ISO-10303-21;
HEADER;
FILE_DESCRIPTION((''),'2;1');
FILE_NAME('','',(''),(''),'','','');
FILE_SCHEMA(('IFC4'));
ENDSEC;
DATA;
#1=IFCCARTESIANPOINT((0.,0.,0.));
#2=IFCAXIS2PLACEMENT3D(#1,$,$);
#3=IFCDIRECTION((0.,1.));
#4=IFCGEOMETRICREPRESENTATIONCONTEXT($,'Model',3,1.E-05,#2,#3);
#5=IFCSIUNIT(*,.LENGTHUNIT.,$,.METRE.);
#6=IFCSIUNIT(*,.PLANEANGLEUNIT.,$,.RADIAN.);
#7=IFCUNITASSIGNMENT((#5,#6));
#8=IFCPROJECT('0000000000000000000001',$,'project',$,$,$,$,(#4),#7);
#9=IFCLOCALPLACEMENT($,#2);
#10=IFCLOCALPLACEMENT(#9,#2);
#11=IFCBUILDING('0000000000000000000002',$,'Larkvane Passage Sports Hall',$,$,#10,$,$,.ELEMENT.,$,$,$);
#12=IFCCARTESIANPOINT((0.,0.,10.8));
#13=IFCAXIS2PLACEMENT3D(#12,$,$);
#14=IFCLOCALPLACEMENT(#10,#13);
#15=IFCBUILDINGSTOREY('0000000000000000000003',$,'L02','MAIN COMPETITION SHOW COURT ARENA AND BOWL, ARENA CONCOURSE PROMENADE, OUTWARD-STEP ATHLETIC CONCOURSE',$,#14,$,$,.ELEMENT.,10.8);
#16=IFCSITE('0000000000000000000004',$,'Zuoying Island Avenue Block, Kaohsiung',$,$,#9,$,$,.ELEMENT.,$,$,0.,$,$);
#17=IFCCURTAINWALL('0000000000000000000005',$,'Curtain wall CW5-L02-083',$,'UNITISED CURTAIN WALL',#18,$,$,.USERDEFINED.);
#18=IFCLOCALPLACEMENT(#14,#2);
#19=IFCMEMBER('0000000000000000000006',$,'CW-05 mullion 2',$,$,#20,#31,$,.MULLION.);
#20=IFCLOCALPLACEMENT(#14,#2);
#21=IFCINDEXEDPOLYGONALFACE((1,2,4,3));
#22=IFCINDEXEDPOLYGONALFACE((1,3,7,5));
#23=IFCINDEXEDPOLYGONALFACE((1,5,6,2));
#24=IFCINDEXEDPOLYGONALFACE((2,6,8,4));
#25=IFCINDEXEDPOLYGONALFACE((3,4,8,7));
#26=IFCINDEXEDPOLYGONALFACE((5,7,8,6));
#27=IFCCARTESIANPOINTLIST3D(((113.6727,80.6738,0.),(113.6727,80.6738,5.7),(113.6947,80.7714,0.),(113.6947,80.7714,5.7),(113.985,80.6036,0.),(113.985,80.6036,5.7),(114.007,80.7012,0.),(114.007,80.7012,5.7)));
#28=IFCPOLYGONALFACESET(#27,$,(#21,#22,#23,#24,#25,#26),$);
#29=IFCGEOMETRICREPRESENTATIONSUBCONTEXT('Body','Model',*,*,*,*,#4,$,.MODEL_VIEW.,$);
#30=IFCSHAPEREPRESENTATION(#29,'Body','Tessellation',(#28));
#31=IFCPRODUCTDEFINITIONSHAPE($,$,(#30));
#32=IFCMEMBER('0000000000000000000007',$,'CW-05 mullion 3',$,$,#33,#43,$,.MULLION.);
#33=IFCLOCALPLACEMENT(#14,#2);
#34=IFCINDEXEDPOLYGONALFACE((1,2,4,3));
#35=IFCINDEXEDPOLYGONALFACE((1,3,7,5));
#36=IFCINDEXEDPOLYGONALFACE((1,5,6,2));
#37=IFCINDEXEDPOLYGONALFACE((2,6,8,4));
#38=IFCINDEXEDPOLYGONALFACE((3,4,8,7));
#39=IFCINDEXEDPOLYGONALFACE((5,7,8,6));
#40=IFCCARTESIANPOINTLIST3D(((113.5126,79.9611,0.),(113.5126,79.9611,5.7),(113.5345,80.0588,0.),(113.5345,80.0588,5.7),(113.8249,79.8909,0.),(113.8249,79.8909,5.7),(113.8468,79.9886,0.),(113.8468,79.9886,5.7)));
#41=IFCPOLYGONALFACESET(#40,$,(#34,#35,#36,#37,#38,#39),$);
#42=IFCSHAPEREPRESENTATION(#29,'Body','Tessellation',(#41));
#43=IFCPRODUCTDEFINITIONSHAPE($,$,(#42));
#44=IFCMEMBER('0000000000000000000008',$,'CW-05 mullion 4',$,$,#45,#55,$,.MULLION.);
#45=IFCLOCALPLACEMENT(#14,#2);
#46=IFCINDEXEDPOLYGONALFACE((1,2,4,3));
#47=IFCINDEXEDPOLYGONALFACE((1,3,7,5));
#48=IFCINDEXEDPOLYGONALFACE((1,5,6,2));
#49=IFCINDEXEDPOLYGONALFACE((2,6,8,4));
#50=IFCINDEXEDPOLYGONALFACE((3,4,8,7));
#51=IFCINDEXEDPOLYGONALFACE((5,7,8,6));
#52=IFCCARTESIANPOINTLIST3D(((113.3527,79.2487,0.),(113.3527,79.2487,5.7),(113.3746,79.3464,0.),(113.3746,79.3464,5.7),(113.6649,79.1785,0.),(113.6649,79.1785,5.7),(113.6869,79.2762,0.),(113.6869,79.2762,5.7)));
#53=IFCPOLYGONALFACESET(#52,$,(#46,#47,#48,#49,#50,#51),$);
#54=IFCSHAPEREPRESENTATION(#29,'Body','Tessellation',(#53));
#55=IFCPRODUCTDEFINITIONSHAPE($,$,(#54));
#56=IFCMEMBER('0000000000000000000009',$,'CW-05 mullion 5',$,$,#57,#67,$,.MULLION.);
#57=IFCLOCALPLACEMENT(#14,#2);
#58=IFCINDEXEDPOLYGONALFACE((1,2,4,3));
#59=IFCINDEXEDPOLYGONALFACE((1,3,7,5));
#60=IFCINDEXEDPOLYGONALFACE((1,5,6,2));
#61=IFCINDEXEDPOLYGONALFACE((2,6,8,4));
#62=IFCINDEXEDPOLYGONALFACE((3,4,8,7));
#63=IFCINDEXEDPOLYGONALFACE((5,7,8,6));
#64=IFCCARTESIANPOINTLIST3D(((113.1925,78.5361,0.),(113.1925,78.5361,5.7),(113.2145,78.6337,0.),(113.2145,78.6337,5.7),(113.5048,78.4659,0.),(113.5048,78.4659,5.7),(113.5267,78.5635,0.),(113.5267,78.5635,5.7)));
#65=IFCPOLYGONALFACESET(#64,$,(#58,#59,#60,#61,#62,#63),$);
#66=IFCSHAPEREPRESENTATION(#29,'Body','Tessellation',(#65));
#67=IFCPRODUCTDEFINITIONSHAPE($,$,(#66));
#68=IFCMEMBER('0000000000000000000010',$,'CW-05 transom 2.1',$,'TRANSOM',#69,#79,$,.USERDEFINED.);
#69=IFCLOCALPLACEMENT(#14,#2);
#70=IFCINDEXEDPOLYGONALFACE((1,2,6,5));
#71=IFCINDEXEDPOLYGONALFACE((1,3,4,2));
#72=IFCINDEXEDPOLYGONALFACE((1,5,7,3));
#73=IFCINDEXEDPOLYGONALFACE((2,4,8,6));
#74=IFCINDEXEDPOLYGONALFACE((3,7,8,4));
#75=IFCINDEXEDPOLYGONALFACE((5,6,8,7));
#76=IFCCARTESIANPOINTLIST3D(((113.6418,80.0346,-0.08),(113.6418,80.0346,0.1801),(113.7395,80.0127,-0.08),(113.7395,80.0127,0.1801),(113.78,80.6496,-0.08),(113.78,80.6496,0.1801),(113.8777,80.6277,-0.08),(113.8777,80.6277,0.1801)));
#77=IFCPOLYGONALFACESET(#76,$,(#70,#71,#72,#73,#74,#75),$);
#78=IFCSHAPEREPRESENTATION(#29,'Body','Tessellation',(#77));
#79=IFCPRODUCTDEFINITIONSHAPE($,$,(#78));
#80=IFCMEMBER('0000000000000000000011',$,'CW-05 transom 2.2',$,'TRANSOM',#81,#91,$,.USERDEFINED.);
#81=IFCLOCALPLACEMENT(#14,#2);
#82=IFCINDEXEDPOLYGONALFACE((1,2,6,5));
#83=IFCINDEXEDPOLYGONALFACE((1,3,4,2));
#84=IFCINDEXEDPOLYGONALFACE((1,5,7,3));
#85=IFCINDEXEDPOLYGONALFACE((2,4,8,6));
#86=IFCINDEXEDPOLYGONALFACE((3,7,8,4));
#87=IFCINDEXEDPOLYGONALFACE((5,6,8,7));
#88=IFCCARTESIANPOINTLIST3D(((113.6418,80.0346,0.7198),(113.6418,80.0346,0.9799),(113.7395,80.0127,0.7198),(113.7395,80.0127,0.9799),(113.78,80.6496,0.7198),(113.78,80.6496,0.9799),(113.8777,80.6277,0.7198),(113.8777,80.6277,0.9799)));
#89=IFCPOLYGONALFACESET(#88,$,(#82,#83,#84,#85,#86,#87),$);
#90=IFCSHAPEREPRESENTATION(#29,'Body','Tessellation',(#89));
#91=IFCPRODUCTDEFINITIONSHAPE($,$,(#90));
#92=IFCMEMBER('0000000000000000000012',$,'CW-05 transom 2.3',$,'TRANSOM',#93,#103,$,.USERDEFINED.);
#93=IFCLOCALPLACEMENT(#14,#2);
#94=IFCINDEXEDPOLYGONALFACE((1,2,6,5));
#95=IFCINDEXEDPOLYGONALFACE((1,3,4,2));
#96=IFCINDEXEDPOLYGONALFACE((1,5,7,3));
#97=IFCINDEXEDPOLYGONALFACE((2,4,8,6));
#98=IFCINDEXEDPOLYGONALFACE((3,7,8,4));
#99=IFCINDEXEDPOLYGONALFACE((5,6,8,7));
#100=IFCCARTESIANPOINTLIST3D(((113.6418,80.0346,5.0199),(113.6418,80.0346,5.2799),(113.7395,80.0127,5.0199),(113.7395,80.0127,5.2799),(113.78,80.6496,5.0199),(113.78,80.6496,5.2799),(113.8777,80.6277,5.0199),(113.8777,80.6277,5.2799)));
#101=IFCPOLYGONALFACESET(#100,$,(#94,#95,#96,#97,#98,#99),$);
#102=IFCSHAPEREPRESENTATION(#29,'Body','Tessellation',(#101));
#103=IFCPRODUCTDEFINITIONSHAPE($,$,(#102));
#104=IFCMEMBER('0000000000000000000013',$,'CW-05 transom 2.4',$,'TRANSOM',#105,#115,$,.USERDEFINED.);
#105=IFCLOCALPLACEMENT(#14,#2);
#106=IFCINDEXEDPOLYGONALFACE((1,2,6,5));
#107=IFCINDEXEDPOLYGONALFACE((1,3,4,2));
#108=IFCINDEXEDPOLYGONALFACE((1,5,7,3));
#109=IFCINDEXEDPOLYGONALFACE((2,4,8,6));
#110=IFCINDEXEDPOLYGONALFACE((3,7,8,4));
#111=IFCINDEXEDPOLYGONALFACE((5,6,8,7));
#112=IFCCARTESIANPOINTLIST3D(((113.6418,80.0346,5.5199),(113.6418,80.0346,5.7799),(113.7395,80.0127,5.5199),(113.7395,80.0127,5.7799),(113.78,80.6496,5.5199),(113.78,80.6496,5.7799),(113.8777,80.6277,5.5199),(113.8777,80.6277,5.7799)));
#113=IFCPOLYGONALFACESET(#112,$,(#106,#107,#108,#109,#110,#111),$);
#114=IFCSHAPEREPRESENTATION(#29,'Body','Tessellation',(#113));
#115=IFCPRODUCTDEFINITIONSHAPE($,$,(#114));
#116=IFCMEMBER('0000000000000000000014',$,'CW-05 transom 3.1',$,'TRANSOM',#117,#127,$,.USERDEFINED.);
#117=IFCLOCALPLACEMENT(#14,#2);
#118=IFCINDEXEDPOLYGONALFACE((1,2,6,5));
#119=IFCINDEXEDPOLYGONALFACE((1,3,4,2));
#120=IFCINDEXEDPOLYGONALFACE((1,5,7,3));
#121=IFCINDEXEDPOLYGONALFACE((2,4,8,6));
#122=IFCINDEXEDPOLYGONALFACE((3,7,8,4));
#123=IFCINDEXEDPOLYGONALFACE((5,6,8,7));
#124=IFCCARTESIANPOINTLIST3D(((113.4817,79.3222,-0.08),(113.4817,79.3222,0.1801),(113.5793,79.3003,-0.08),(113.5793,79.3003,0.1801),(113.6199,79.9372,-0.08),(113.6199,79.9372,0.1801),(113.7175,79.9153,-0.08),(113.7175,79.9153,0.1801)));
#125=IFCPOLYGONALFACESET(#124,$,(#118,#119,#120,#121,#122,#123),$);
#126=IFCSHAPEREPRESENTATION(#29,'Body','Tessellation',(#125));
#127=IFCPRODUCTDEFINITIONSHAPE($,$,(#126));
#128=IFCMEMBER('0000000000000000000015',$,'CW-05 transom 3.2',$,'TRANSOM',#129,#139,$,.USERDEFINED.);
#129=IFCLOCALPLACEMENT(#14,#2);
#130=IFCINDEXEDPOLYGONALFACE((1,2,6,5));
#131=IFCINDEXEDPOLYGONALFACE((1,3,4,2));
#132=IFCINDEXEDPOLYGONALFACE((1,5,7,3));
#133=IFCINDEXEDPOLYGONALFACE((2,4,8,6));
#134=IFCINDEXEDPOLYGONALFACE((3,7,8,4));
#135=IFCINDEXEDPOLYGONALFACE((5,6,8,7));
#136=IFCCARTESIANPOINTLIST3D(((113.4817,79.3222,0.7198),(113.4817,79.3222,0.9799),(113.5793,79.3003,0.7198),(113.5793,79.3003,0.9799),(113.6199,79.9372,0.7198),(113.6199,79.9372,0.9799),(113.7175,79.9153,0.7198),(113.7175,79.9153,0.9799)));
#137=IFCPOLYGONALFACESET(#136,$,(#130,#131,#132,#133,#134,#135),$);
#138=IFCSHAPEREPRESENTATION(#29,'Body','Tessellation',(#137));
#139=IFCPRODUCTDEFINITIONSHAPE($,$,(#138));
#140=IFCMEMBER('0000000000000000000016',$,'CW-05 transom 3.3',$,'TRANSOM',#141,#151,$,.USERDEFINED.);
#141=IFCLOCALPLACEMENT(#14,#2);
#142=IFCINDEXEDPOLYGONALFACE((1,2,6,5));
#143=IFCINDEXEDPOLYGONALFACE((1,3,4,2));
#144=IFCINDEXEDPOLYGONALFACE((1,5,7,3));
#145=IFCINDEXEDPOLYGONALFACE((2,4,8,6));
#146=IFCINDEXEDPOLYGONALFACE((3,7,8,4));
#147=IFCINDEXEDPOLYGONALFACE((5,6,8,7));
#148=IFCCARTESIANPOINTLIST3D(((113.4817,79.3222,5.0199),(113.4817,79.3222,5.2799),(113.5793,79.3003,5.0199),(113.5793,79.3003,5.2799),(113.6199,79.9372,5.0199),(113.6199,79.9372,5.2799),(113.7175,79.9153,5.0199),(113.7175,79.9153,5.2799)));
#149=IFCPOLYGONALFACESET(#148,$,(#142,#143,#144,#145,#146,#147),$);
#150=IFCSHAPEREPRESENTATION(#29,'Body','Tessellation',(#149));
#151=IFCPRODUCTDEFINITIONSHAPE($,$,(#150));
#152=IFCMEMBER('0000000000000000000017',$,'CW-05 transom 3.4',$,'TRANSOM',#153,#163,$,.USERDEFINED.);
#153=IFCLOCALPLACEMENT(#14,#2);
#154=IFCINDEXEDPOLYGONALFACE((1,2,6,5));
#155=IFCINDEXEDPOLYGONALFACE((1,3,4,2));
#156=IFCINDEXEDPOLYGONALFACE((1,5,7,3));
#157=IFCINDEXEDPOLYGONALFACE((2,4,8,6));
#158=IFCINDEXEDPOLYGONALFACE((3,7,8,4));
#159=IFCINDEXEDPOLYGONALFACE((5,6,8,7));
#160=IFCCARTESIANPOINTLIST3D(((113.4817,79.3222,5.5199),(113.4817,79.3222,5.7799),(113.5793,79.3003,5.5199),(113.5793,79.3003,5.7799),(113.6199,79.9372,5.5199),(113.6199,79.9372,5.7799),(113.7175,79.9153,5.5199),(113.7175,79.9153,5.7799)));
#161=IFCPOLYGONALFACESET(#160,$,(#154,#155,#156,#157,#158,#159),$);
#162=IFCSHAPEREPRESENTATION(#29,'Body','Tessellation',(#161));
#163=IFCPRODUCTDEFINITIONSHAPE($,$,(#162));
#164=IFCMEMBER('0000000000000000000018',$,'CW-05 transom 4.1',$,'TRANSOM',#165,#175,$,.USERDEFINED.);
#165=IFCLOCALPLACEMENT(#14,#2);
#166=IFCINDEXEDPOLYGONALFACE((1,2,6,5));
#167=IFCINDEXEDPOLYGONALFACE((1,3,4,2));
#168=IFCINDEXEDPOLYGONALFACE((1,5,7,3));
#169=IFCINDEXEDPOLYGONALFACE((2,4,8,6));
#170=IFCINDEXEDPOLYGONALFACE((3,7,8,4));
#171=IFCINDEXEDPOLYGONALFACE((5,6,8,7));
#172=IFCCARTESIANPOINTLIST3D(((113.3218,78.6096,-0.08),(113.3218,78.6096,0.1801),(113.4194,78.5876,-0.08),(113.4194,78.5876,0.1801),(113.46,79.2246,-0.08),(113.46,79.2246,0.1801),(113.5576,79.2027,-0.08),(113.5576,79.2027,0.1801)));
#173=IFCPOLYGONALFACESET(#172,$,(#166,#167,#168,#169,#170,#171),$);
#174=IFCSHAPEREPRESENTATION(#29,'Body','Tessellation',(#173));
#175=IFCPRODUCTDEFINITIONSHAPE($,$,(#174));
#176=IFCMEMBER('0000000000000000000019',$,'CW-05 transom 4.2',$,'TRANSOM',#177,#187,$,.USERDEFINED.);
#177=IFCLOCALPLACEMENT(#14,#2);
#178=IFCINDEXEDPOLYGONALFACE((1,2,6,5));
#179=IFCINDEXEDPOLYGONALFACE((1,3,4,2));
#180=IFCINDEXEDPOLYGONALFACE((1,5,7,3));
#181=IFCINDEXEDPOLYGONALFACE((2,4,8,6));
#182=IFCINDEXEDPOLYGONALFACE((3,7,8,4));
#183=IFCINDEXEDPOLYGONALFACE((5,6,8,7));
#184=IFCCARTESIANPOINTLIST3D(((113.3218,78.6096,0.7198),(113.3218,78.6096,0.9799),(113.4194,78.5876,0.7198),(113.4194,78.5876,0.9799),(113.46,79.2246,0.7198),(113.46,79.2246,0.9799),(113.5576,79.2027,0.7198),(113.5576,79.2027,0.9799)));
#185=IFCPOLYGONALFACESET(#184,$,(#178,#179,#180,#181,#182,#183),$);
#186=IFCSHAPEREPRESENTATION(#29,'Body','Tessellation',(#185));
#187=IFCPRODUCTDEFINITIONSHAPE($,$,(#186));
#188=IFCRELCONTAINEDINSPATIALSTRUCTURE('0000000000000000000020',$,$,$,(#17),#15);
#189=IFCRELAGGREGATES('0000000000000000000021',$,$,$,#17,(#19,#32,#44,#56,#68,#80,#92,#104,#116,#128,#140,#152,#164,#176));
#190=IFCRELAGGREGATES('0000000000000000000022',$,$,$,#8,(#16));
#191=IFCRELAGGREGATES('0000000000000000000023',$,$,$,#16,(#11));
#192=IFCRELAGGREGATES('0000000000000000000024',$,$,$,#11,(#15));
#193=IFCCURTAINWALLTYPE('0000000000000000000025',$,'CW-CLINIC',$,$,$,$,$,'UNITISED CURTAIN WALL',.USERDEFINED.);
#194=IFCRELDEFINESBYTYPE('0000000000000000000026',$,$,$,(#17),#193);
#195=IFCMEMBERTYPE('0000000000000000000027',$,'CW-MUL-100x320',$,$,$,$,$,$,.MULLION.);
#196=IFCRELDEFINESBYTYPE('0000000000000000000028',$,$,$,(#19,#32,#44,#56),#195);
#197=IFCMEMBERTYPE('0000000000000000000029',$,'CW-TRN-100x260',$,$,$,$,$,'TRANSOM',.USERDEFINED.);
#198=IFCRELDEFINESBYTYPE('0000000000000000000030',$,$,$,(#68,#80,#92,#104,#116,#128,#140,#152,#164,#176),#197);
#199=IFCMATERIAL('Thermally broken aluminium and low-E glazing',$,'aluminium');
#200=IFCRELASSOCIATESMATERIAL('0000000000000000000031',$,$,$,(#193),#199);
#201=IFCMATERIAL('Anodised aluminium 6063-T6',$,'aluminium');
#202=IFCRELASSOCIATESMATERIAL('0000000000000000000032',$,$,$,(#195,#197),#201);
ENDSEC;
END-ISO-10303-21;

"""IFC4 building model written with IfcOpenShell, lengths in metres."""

from ifc_helpers import new_model, si_unit, direction, frame, origin, origin_2d, place, context, subcontext, project, spatial, rectangle, extrude, material, material_profile, profile_set, type_object, element, aggregate, save


model = new_model("IFC4")

# Units and contexts
model_context = context("Model", 3, precision=1e-05, world=origin(), true_north=direction((0.0, 1.0)))
body_context = subcontext(model_context, "Body", "Model", "MODEL_VIEW")
ifc_project = project(units=[si_unit("LENGTHUNIT", "METRE"), si_unit("PLANEANGLEUNIT", "RADIAN")], contexts=[model_context])

# Site, building, storey
site_placement = place(None, origin())
site = spatial("IfcSite", under=ifc_project, at=site_placement, Name="Zuoying Island Avenue Block, Kaohsiung", CompositionType="ELEMENT", RefElevation=0.0)
building_placement = place(site_placement, origin())
building = spatial("IfcBuilding", under=site, at=building_placement, Name="Larkvane Passage Sports Hall", CompositionType="ELEMENT")
storey_placement = place(building_placement, frame((0.0, 0.0, 10.8)))
storey = spatial("IfcBuildingStorey", under=building, at=storey_placement, Name="L02", Description="MAIN COMPETITION SHOW COURT ARENA AND BOWL, ARENA CONCOURSE PROMENADE, OUTWARD-STEP ATHLETIC CONCOURSE", CompositionType="ELEMENT", Elevation=10.8)

# Curtain wall, members
ifc_material_1 = material(Name="Thermally broken aluminium and low-E glazing", Category="aluminium")
curtain_wall_type = type_object("IfcCurtainWallType", Name="CW-CLINIC", ElementType="UNITISED CURTAIN WALL", PredefinedType="USERDEFINED", material=ifc_material_1)
curtain_wall_placement = place(storey_placement, origin())
curtain_wall = element("IfcCurtainWall", 1, at=curtain_wall_placement, inside=storey, type_object=curtain_wall_type, Name="Curtain wall CW5-L02-083", ObjectType="UNITISED CURTAIN WALL", PredefinedType="USERDEFINED")
ifc_material_2 = material(Name="Anodised aluminium 6063-T6", Category="aluminium")
ifc_material_profile_1 = material_profile(ifc_material_2, rectangle(XDim=0.1001, YDim=0.3201, at=origin_2d()), Name="ALU-MUL-100x320")
ifc_profile_set_1 = profile_set([ifc_material_profile_1], Name="Anodised aluminium 6063-T6")
member_type_1 = type_object("IfcMemberType", Name="CW-MUL-100x320", PredefinedType="MULLION", material=ifc_profile_set_1)
member_1_placement = place(storey_placement, frame((113.8398, 80.6875, 0.0), z_axis=(0.0, 0.0, 1.0), x_axis=(-0.219244, -0.97567, 0.0)))
member_1 = element("IfcMember", 2, at=member_1_placement, type_object=member_type_1, Name="CW-05 mullion 2", PredefinedType="MULLION", context=body_context, shape_type="SweptSolid", body=[
    extrude(rectangle(XDim=0.1001, YDim=0.3201, at=origin_2d()), origin(), (0.0, 0.0, 1.0), 5.7),
])
member_2_placement = place(storey_placement, frame((113.6797, 79.9749, 0.0), z_axis=(0.0, 0.0, 1.0), x_axis=(-0.219244, -0.97567, 0.0)))
member_2 = element("IfcMember", 3, at=member_2_placement, type_object=member_type_1, Name="CW-05 mullion 3", PredefinedType="MULLION", context=body_context, shape_type="SweptSolid", body=[
    extrude(rectangle(XDim=0.1001, YDim=0.3201, at=origin_2d()), origin(), (0.0, 0.0, 1.0), 5.7),
])
member_3_placement = place(storey_placement, frame((113.5198, 79.2625, 0.0), z_axis=(0.0, 0.0, 1.0), x_axis=(-0.219244, -0.97567, 0.0)))
member_3 = element("IfcMember", 4, at=member_3_placement, type_object=member_type_1, Name="CW-05 mullion 4", PredefinedType="MULLION", context=body_context, shape_type="SweptSolid", body=[
    extrude(rectangle(XDim=0.1001, YDim=0.3201, at=origin_2d()), origin(), (0.0, 0.0, 1.0), 5.7),
])
member_4_placement = place(storey_placement, frame((113.3596, 78.5498, 0.0), z_axis=(0.0, 0.0, 1.0), x_axis=(-0.219244, -0.97567, 0.0)))
member_4 = element("IfcMember", 5, at=member_4_placement, type_object=member_type_1, Name="CW-05 mullion 5", PredefinedType="MULLION", context=body_context, shape_type="SweptSolid", body=[
    extrude(rectangle(XDim=0.1001, YDim=0.3201, at=origin_2d()), origin(), (0.0, 0.0, 1.0), 5.7),
])
ifc_material_profile_2 = material_profile(ifc_material_2, rectangle(XDim=0.1001, YDim=0.26, at=origin_2d()), Name="ALU-TRN-100x260")
ifc_profile_set_2 = profile_set([ifc_material_profile_2], Name="Anodised aluminium 6063-T6")
member_type_2 = type_object("IfcMemberType", Name="CW-TRN-100x260", ElementType="TRANSOM", PredefinedType="USERDEFINED", material=ifc_profile_set_2)
member_5_placement = place(storey_placement, frame((113.8289, 80.6387, 0.05), z_axis=(-0.219226, -0.975674, 0.0), x_axis=(0.975674, -0.219226, 0.0)))
member_5 = element("IfcMember", 6, at=member_5_placement, type_object=member_type_2, Name="CW-05 transom 2.1", ObjectType="TRANSOM", PredefinedType="USERDEFINED", context=body_context, shape_type="SweptSolid", body=[
    extrude(rectangle(XDim=0.1001, YDim=0.26, at=origin_2d()), origin(), (0.0, 0.0, 1.0), 0.6304),
])
member_6_placement = place(storey_placement, frame((113.8289, 80.6387, 0.8499), z_axis=(-0.219226, -0.975674, 0.0), x_axis=(0.975674, -0.219226, 0.0)))
member_6 = element("IfcMember", 7, at=member_6_placement, type_object=member_type_2, Name="CW-05 transom 2.2", ObjectType="TRANSOM", PredefinedType="USERDEFINED", context=body_context, shape_type="SweptSolid", body=[
    extrude(rectangle(XDim=0.1001, YDim=0.26, at=origin_2d()), origin(), (0.0, 0.0, 1.0), 0.6304),
])
member_7_placement = place(storey_placement, frame((113.8289, 80.6387, 5.1499), z_axis=(-0.219226, -0.975674, 0.0), x_axis=(0.975674, -0.219226, 0.0)))
member_7 = element("IfcMember", 8, at=member_7_placement, type_object=member_type_2, Name="CW-05 transom 2.3", ObjectType="TRANSOM", PredefinedType="USERDEFINED", context=body_context, shape_type="SweptSolid", body=[
    extrude(rectangle(XDim=0.1001, YDim=0.26, at=origin_2d()), origin(), (0.0, 0.0, 1.0), 0.6304),
])
member_8_placement = place(storey_placement, frame((113.8289, 80.6387, 5.6499), z_axis=(-0.219226, -0.975674, 0.0), x_axis=(0.975674, -0.219226, 0.0)))
member_8 = element("IfcMember", 9, at=member_8_placement, type_object=member_type_2, Name="CW-05 transom 2.4", ObjectType="TRANSOM", PredefinedType="USERDEFINED", context=body_context, shape_type="SweptSolid", body=[
    extrude(rectangle(XDim=0.1001, YDim=0.26, at=origin_2d()), origin(), (0.0, 0.0, 1.0), 0.6304),
])
member_9_placement = place(storey_placement, frame((113.6687, 79.9263, 0.05), z_axis=(-0.219226, -0.975674, 0.0), x_axis=(0.975674, -0.219226, 0.0)))
member_9 = element("IfcMember", 10, at=member_9_placement, type_object=member_type_2, Name="CW-05 transom 3.1", ObjectType="TRANSOM", PredefinedType="USERDEFINED", context=body_context, shape_type="SweptSolid", body=[
    extrude(rectangle(XDim=0.1001, YDim=0.26, at=origin_2d()), origin(), (0.0, 0.0, 1.0), 0.6304),
])
member_10_placement = place(storey_placement, frame((113.6687, 79.9263, 0.8499), z_axis=(-0.219226, -0.975674, 0.0), x_axis=(0.975674, -0.219226, 0.0)))
member_10 = element("IfcMember", 11, at=member_10_placement, type_object=member_type_2, Name="CW-05 transom 3.2", ObjectType="TRANSOM", PredefinedType="USERDEFINED", context=body_context, shape_type="SweptSolid", body=[
    extrude(rectangle(XDim=0.1001, YDim=0.26, at=origin_2d()), origin(), (0.0, 0.0, 1.0), 0.6304),
])
member_11_placement = place(storey_placement, frame((113.6687, 79.9263, 5.1499), z_axis=(-0.219226, -0.975674, 0.0), x_axis=(0.975674, -0.219226, 0.0)))
member_11 = element("IfcMember", 12, at=member_11_placement, type_object=member_type_2, Name="CW-05 transom 3.3", ObjectType="TRANSOM", PredefinedType="USERDEFINED", context=body_context, shape_type="SweptSolid", body=[
    extrude(rectangle(XDim=0.1001, YDim=0.26, at=origin_2d()), origin(), (0.0, 0.0, 1.0), 0.6304),
])
member_12_placement = place(storey_placement, frame((113.6687, 79.9263, 5.6499), z_axis=(-0.219226, -0.975674, 0.0), x_axis=(0.975674, -0.219226, 0.0)))
member_12 = element("IfcMember", 13, at=member_12_placement, type_object=member_type_2, Name="CW-05 transom 3.4", ObjectType="TRANSOM", PredefinedType="USERDEFINED", context=body_context, shape_type="SweptSolid", body=[
    extrude(rectangle(XDim=0.1001, YDim=0.26, at=origin_2d()), origin(), (0.0, 0.0, 1.0), 0.6304),
])
member_13_placement = place(storey_placement, frame((113.5088, 79.2136, 0.05), z_axis=(-0.219226, -0.975674, 0.0), x_axis=(0.975674, -0.219226, 0.0)))
member_13 = element("IfcMember", 14, at=member_13_placement, type_object=member_type_2, Name="CW-05 transom 4.1", ObjectType="TRANSOM", PredefinedType="USERDEFINED", context=body_context, shape_type="SweptSolid", body=[
    extrude(rectangle(XDim=0.1001, YDim=0.26, at=origin_2d()), origin(), (0.0, 0.0, 1.0), 0.6304),
])
member_14_placement = place(storey_placement, frame((113.5088, 79.2136, 0.8499), z_axis=(-0.219226, -0.975674, 0.0), x_axis=(0.975674, -0.219226, 0.0)))
member_14 = element("IfcMember", 15, at=member_14_placement, type_object=member_type_2, Name="CW-05 transom 4.2", ObjectType="TRANSOM", PredefinedType="USERDEFINED", context=body_context, shape_type="SweptSolid", body=[
    extrude(rectangle(XDim=0.1001, YDim=0.26, at=origin_2d()), origin(), (0.0, 0.0, 1.0), 0.6304),
])
aggregate(curtain_wall, [member_1, member_2, member_3, member_4, member_5, member_6, member_7, member_8, member_9, member_10, member_11, member_12, member_13, member_14])

save(model, "model.ifc")
